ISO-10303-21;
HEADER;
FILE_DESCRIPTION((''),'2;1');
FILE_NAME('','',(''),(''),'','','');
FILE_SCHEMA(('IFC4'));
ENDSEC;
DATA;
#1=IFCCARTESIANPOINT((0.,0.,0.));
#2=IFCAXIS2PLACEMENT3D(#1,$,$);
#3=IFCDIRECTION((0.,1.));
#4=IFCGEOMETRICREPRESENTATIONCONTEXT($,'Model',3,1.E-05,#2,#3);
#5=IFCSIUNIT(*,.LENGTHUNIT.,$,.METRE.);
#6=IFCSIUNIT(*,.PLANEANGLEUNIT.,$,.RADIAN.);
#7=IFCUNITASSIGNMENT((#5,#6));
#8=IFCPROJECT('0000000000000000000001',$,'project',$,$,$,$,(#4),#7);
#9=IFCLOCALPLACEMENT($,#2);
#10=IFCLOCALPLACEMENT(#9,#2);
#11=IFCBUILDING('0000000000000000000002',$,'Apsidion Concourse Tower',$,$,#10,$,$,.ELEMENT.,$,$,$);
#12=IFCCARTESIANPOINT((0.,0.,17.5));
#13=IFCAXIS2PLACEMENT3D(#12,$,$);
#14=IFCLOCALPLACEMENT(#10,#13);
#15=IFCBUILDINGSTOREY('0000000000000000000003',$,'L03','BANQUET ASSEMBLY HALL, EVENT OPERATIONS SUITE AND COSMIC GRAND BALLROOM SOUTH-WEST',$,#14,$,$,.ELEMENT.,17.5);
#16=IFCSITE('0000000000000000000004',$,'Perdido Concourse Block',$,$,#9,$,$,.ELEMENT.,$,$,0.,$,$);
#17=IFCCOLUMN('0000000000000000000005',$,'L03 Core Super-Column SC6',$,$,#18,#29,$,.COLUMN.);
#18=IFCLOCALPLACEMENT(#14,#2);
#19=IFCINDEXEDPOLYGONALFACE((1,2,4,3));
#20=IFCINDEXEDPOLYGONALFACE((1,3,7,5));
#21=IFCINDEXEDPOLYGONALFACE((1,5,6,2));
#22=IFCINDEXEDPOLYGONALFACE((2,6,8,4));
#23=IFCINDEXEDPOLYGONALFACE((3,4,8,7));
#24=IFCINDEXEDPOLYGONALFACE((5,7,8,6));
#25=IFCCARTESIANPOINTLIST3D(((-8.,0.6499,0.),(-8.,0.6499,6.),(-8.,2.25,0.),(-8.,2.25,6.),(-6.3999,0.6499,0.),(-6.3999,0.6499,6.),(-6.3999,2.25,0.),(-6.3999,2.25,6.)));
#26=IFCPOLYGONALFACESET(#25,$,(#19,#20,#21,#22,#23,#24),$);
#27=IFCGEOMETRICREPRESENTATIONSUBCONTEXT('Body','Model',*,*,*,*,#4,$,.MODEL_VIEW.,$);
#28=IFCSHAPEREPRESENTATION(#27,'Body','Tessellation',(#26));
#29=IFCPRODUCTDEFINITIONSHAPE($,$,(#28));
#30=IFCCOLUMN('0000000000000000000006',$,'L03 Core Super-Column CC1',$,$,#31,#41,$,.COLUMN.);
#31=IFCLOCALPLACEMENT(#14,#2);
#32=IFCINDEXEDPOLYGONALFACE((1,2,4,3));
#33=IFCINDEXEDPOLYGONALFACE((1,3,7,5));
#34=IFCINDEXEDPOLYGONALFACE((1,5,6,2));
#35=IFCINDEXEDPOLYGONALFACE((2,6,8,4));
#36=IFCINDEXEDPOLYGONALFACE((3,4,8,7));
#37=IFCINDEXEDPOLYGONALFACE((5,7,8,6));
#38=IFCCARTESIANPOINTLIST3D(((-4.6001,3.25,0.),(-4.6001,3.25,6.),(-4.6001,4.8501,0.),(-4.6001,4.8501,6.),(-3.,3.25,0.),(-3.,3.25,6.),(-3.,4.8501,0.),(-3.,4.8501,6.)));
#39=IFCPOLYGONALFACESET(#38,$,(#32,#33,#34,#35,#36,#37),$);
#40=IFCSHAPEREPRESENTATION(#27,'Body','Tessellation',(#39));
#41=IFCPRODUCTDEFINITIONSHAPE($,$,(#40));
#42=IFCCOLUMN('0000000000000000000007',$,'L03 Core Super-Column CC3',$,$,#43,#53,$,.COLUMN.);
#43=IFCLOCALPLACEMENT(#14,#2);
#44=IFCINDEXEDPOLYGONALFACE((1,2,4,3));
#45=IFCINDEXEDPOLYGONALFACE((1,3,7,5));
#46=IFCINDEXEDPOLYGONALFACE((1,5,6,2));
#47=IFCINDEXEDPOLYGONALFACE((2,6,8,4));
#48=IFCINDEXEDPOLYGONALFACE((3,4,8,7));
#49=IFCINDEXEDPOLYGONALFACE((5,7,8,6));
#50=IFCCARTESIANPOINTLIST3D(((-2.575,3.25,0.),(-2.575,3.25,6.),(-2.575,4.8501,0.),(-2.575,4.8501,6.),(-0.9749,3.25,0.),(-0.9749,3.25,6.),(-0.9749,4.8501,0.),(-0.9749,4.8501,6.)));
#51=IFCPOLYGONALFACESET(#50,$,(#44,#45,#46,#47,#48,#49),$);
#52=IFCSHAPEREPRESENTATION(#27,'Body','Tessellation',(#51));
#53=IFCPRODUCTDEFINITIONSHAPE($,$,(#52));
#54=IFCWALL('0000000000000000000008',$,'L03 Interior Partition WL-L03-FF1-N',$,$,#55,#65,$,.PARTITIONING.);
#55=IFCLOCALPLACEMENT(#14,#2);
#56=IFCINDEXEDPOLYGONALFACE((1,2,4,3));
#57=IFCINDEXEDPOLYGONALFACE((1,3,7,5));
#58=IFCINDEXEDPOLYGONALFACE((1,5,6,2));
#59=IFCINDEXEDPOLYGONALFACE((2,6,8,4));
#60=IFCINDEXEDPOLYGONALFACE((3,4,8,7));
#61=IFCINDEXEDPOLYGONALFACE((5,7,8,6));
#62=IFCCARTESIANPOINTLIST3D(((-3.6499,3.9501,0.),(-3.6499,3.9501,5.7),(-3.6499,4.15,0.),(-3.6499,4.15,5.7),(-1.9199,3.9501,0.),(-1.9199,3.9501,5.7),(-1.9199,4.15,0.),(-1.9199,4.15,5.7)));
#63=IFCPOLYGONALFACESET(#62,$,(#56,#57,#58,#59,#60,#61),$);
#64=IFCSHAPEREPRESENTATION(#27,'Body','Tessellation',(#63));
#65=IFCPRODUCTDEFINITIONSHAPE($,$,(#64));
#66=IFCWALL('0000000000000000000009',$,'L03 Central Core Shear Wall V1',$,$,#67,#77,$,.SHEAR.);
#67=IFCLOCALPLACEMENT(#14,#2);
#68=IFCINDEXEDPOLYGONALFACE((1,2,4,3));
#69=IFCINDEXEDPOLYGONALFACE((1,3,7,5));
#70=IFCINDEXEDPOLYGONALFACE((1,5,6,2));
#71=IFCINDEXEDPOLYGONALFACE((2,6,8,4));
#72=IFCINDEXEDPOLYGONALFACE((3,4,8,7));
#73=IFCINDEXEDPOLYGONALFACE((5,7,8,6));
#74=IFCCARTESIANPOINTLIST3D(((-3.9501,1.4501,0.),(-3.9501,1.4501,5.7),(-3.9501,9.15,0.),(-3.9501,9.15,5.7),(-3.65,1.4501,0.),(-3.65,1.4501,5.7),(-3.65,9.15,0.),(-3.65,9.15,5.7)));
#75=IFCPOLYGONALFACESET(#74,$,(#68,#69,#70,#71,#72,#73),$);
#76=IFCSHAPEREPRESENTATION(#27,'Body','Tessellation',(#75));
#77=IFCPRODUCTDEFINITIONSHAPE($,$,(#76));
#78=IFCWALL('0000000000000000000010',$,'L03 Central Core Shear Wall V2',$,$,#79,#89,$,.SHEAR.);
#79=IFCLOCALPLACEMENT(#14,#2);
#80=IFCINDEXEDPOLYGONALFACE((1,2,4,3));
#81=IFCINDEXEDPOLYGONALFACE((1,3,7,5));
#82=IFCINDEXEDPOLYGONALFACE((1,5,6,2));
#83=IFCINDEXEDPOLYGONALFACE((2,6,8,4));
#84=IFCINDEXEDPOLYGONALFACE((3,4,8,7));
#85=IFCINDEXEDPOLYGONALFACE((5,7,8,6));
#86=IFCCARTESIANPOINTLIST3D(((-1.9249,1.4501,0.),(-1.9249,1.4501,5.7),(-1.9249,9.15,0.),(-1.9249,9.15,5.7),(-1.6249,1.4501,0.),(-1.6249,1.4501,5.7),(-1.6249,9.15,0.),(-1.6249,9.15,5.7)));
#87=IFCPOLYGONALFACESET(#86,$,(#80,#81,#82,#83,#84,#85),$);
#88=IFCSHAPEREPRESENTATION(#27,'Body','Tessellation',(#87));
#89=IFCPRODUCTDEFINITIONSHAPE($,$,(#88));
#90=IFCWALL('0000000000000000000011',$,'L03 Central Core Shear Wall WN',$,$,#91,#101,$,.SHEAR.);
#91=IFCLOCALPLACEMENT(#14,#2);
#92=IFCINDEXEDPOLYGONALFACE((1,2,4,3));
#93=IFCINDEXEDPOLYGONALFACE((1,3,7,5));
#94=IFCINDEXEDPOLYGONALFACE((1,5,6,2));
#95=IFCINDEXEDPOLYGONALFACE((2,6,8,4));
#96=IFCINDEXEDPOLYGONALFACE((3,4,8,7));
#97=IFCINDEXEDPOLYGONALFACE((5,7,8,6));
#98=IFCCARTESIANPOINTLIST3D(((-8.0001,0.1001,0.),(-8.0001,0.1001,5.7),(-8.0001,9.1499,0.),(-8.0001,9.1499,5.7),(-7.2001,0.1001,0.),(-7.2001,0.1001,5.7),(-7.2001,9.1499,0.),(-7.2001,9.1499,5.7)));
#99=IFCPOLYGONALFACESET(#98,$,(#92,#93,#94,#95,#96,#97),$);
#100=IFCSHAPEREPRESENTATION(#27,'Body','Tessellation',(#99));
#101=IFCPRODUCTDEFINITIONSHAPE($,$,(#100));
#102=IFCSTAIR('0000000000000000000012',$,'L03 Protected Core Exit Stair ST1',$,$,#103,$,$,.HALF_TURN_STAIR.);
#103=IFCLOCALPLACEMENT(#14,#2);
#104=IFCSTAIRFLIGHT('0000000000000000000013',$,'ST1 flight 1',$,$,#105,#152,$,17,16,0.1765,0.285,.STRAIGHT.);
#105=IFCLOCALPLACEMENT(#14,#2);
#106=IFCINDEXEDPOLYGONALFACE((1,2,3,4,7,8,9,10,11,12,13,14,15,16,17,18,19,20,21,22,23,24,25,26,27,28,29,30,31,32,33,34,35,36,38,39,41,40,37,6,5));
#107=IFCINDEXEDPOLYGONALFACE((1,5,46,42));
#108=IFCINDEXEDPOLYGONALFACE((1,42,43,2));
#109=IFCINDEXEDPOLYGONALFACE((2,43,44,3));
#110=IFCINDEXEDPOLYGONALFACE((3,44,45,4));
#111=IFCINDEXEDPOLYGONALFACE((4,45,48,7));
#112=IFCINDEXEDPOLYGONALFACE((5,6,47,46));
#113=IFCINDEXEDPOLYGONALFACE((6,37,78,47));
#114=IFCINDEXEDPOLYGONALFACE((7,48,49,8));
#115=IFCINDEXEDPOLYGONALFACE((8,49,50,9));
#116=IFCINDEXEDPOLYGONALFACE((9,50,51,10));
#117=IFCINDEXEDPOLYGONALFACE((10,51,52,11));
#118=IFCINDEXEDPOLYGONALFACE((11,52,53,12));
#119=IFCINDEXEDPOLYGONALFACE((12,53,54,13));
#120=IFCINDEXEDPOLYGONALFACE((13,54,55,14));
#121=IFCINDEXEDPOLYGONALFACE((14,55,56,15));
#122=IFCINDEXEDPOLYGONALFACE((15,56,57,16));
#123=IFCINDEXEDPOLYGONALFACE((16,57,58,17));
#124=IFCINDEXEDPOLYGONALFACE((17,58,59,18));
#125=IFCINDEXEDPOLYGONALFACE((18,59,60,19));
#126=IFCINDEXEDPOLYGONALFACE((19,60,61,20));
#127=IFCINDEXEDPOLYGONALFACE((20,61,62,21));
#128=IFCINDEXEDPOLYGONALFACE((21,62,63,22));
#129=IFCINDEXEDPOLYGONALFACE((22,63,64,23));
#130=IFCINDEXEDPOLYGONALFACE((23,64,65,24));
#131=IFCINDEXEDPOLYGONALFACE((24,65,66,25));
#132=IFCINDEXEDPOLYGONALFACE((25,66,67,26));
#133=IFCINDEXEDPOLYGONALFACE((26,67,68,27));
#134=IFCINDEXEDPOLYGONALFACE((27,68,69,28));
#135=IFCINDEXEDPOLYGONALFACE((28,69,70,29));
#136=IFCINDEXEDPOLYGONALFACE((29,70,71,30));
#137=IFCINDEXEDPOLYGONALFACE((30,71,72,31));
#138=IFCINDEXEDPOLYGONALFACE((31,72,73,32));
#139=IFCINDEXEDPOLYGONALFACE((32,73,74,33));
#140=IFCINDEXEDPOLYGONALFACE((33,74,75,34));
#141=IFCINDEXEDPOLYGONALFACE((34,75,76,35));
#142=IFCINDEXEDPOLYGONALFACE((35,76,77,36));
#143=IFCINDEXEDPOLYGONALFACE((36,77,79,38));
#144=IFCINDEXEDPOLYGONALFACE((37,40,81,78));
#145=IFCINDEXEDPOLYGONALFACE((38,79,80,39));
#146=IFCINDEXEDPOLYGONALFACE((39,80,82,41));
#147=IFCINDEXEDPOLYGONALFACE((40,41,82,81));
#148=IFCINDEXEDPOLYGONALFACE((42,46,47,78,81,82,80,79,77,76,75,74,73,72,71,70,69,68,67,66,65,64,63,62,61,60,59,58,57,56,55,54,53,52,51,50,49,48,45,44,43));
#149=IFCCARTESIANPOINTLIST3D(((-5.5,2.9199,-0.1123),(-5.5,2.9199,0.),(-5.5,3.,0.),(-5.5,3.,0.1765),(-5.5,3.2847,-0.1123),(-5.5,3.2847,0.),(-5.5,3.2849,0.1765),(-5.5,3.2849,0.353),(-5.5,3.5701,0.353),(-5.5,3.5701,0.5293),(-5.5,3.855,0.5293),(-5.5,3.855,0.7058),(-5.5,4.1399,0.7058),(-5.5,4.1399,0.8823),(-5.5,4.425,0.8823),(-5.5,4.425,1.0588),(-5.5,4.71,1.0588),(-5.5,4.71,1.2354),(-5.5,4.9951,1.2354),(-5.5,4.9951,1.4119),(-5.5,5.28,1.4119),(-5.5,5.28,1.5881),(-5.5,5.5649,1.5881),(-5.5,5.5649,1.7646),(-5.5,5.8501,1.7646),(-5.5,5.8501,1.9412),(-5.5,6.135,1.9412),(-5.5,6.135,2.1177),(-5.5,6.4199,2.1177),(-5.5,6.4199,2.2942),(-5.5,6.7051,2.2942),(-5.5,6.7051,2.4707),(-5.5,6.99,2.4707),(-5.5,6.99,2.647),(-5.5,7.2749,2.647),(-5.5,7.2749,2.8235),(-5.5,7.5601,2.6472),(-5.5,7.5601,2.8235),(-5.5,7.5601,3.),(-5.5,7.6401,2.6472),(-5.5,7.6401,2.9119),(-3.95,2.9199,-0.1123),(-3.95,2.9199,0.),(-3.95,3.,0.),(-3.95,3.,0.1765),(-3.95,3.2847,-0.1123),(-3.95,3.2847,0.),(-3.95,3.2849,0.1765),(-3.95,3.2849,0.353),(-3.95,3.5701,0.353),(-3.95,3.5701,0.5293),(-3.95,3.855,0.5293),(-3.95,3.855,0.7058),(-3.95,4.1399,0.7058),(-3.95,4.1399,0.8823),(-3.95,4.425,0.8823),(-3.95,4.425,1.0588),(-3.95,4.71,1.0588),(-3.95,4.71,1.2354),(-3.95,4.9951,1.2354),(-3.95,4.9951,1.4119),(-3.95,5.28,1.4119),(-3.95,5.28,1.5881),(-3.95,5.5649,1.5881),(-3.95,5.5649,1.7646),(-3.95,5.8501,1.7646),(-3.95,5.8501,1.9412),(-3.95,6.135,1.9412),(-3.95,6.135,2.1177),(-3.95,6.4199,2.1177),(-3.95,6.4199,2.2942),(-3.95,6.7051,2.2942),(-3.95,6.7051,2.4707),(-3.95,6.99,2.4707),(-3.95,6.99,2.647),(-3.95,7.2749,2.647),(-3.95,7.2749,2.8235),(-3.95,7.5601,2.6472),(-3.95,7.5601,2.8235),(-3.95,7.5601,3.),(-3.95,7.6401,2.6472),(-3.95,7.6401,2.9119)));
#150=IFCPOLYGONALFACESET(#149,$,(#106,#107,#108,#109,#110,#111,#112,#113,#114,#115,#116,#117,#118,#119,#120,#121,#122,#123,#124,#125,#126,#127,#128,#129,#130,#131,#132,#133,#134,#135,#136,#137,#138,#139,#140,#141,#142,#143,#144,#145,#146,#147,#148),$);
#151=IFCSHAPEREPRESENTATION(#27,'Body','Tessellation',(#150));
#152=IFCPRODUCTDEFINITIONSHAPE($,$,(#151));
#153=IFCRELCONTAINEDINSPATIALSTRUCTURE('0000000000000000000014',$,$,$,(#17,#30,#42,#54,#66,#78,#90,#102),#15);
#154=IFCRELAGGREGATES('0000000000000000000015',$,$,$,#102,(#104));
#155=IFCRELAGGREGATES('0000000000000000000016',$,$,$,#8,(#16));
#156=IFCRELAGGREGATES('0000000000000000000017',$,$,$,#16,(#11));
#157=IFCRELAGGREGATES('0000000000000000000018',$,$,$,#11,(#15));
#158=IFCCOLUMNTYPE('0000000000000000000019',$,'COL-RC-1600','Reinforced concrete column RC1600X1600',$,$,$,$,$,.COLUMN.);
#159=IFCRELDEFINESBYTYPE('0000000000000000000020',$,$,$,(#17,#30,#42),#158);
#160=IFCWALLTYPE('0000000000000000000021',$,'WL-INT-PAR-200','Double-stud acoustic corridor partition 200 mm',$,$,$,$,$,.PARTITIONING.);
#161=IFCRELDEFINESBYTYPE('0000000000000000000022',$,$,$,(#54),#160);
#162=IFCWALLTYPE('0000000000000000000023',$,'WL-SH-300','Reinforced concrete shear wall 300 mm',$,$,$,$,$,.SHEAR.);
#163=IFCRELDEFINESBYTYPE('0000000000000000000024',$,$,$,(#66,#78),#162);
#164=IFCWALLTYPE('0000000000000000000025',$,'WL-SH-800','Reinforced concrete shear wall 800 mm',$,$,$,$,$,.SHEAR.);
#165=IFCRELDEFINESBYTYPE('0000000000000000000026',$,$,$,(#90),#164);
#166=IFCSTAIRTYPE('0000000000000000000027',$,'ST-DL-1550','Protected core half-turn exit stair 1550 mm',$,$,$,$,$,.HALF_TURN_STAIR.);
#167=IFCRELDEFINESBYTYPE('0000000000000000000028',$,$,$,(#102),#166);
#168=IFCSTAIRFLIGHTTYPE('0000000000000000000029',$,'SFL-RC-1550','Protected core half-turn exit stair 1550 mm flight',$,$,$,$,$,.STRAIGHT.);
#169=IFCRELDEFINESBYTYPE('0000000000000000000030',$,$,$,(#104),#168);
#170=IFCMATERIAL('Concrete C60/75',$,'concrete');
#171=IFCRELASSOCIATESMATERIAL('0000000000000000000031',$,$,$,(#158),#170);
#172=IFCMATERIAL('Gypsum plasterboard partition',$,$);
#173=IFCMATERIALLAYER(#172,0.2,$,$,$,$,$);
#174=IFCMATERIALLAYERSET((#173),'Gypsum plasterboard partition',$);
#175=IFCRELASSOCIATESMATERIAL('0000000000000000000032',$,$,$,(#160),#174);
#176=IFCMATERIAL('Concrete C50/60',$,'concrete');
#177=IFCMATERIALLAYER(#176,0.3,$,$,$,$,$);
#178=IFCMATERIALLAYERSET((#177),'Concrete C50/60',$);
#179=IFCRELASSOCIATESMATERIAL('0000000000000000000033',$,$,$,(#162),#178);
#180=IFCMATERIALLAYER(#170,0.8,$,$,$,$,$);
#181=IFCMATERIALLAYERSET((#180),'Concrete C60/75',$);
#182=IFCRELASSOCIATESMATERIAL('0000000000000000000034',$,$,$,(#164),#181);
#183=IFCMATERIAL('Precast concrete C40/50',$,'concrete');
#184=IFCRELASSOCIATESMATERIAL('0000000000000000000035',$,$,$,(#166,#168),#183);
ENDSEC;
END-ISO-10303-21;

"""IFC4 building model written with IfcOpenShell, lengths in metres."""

from ifc_helpers import new_model, si_unit, direction, frame, frame_2d, origin, origin_2d, place, context, subcontext, project, spatial, polyline, rectangle, outline, extrude, material, layer, layer_set, material_profile, profile_set, type_object, element, aggregate, save


model = new_model("IFC4")

# Units and contexts
model_context = context("Model", 3, precision=1e-05, world=origin(), true_north=direction((0.0, 1.0)))
body_context = subcontext(model_context, "Body", "Model", "MODEL_VIEW")
ifc_project = project(units=[si_unit("LENGTHUNIT", "METRE"), si_unit("PLANEANGLEUNIT", "RADIAN")], contexts=[model_context])

# Site, building, storey
site_placement = place(None, origin())
site = spatial("IfcSite", under=ifc_project, at=site_placement, Name="Perdido Concourse Block", CompositionType="ELEMENT", RefElevation=0.0)
building_placement = place(site_placement, origin())
building = spatial("IfcBuilding", under=site, at=building_placement, Name="Apsidion Concourse Tower", CompositionType="ELEMENT")
storey_placement = place(building_placement, frame((0.0, 0.0, 17.5)))
storey = spatial("IfcBuildingStorey", under=building, at=storey_placement, Name="L03", Description="BANQUET ASSEMBLY HALL, EVENT OPERATIONS SUITE AND COSMIC GRAND BALLROOM SOUTH-WEST", CompositionType="ELEMENT", Elevation=17.5)

# Columns
ifc_material_1 = material(Name="Concrete C60/75", Category="concrete")
ifc_material_profile = material_profile(ifc_material_1, rectangle(XDim=1.6001, YDim=1.6001, at=origin_2d()), Name="RC 1600x1600")
ifc_profile_set = profile_set([ifc_material_profile], Name="Concrete C60/75")
column_type = type_object("IfcColumnType", Name="COL-RC-1600", Description="Reinforced concrete column RC1600X1600", PredefinedType="COLUMN", material=ifc_profile_set)
for number, where, z_axis, x_axis, name in (
    (1, (-7.2, 1.45, 0.0), (0.0, 0.0, 1.0), (1.0, 0.0, 0.0), "L03 Core Super-Column SC6"),
    (2, (-3.8, 4.05, 0.0), (0.0, 0.0, 1.0), (1.0, 0.0, 0.0), "L03 Core Super-Column CC1"),
    (3, (-1.7749, 4.05, 0.0), (0.0, 0.0, 1.0), (1.0, 0.0, 0.0), "L03 Core Super-Column CC3"),
):
    element("IfcColumn", number, at=place(storey_placement, frame(where, z_axis=z_axis, x_axis=x_axis)), inside=storey, type_object=column_type, Name=name, PredefinedType="COLUMN", context=body_context, shape_type="SweptSolid", body=[
        extrude(rectangle(XDim=1.6001, YDim=1.6001, at=origin_2d()), origin(), (0.0, 0.0, 1.0), 6.0),
    ])

# Walls
ifc_material_2 = material(Name="Gypsum plasterboard partition")
ifc_layer_1 = layer(ifc_material_2, 0.2)
ifc_layer_set_1 = layer_set([ifc_layer_1], Name="Gypsum plasterboard partition")
wall_type_1 = type_object("IfcWallType", Name="WL-INT-PAR-200", Description="Double-stud acoustic corridor partition 200 mm", PredefinedType="PARTITIONING", material=ifc_layer_set_1)
wall_1_placement = place(storey_placement, frame((-3.6499, 4.05, 0.0), z_axis=(0.0, 0.0, 1.0), x_axis=(1.0, 0.0, 0.0)))
element("IfcWall", 4, at=wall_1_placement, inside=storey, type_object=wall_type_1, Name="L03 Interior Partition WL-L03-FF1-N", PredefinedType="PARTITIONING", context=body_context, shape_type="SweptSolid", body=[
    extrude(rectangle(XDim=1.73, YDim=0.2, at=frame_2d((0.865, 0.0))), origin(), (0.0, 0.0, 1.0), 5.7),
])
ifc_material_3 = material(Name="Concrete C50/60", Category="concrete")
ifc_layer_2 = layer(ifc_material_3, 0.3)
ifc_layer_set_2 = layer_set([ifc_layer_2], Name="Concrete C50/60")
wall_type_2 = type_object("IfcWallType", Name="WL-SH-300", Description="Reinforced concrete shear wall 300 mm", PredefinedType="SHEAR", material=ifc_layer_set_2)
for number, where, z_axis, x_axis, name in (
    (5, (-3.8, 1.45, 0.0), (0.0, 0.0, 1.0), (0.0, 1.0, 0.0), "L03 Central Core Shear Wall V1"),
    (6, (-1.7749, 1.45, 0.0), (0.0, 0.0, 1.0), (0.0, 1.0, 0.0), "L03 Central Core Shear Wall V2"),
):
    element("IfcWall", number, at=place(storey_placement, frame(where, z_axis=z_axis, x_axis=x_axis)), inside=storey, type_object=wall_type_2, Name=name, PredefinedType="SHEAR", context=body_context, shape_type="SweptSolid", body=[
        extrude(rectangle(XDim=7.7, YDim=0.3, at=frame_2d((3.8501, 0.0))), origin(), (0.0, 0.0, 1.0), 5.7),
    ])

# Wall
ifc_layer_3 = layer(ifc_material_1, 0.8)
ifc_layer_set_3 = layer_set([ifc_layer_3], Name="Concrete C60/75")
wall_type_3 = type_object("IfcWallType", Name="WL-SH-800", Description="Reinforced concrete shear wall 800 mm", PredefinedType="SHEAR", material=ifc_layer_set_3)
wall_2_placement = place(storey_placement, frame((-7.6001, 0.1001, 0.0), z_axis=(0.0, 0.0, 1.0), x_axis=(0.0, 1.0, 0.0)))
element("IfcWall", 7, at=wall_2_placement, inside=storey, type_object=wall_type_3, Name="L03 Central Core Shear Wall WN", PredefinedType="SHEAR", context=body_context, shape_type="SweptSolid", body=[
    extrude(rectangle(XDim=9.0498, YDim=0.8, at=frame_2d((4.5249, 0.0))), origin(), (0.0, 0.0, 1.0), 5.7),
])

# Stair, stair flight
ifc_material_4 = material(Name="Precast concrete C40/50", Category="concrete")
stair_type = type_object("IfcStairType", Name="ST-DL-1550", Description="Protected core half-turn exit stair 1550 mm", PredefinedType="HALF_TURN_STAIR", material=ifc_material_4)
stair_1_placement = place(storey_placement, origin())
stair_1 = element("IfcStair", 8, at=stair_1_placement, inside=storey, type_object=stair_type, Name="L03 Protected Core Exit Stair ST1", PredefinedType="HALF_TURN_STAIR")
stair_flight_type = type_object("IfcStairFlightType", Name="SFL-RC-1550", Description="Protected core half-turn exit stair 1550 mm flight", PredefinedType="STRAIGHT", material=ifc_material_4)
stair_flight_1_placement = place(storey_placement, frame((-4.7251, 3.0, 0.0), z_axis=(0.0, 0.0, 1.0), x_axis=(0.0, 1.0, 0.0)))
stair_flight_1 = element("IfcStairFlight", 9, at=stair_flight_1_placement, type_object=stair_flight_type, Name="ST1 flight 1", NumberOfRisers=17, NumberOfTreads=16, PredefinedType="STRAIGHT", RiserHeight=0.1765, TreadLength=0.285, context=body_context, shape_type="SweptSolid", body=[
    extrude(outline(polyline([(-0.0801, -0.1123), (-0.0801, 0.0), (0.0, 0.0), (0.0, 0.1765), (0.2849, 0.1765), (0.2849, 0.353), (0.5701, 0.353), (0.5701, 0.5293), (0.855, 0.5293), (0.855, 0.7058), (1.1399, 0.7058), (1.1399, 0.8823), (1.425, 0.8823), (1.425, 1.0588), (1.71, 1.0588), (1.71, 1.2354), (1.9951, 1.2354), (1.9951, 1.4119), (2.28, 1.4119), (2.28, 1.5881), (2.5649, 1.5881), (2.5649, 1.7646), (2.8501, 1.7646), (2.8501, 1.9412), (3.135, 1.9412), (3.135, 2.1177), (3.4199, 2.1177), (3.4199, 2.2942), (3.7051, 2.2942), (3.7051, 2.4707), (3.99, 2.4707), (3.99, 2.647), (4.2749, 2.647), (4.2749, 2.8235), (4.5601, 2.8235), (4.5601, 3.0), (4.6401, 2.9119), (4.6401, 2.6472), (4.5601, 2.6472), (0.2847, 0.0), (0.2847, -0.1123), (-0.0801, -0.1123)])), frame((0.0, 0.7749, 0.0), z_axis=(0.0, -1.0, 0.0), x_axis=(1.0, 0.0, 0.0)), (0.0, 0.0, 1.0), 1.55),
])
aggregate(stair_1, [stair_flight_1])

save(model, "model.ifc")
